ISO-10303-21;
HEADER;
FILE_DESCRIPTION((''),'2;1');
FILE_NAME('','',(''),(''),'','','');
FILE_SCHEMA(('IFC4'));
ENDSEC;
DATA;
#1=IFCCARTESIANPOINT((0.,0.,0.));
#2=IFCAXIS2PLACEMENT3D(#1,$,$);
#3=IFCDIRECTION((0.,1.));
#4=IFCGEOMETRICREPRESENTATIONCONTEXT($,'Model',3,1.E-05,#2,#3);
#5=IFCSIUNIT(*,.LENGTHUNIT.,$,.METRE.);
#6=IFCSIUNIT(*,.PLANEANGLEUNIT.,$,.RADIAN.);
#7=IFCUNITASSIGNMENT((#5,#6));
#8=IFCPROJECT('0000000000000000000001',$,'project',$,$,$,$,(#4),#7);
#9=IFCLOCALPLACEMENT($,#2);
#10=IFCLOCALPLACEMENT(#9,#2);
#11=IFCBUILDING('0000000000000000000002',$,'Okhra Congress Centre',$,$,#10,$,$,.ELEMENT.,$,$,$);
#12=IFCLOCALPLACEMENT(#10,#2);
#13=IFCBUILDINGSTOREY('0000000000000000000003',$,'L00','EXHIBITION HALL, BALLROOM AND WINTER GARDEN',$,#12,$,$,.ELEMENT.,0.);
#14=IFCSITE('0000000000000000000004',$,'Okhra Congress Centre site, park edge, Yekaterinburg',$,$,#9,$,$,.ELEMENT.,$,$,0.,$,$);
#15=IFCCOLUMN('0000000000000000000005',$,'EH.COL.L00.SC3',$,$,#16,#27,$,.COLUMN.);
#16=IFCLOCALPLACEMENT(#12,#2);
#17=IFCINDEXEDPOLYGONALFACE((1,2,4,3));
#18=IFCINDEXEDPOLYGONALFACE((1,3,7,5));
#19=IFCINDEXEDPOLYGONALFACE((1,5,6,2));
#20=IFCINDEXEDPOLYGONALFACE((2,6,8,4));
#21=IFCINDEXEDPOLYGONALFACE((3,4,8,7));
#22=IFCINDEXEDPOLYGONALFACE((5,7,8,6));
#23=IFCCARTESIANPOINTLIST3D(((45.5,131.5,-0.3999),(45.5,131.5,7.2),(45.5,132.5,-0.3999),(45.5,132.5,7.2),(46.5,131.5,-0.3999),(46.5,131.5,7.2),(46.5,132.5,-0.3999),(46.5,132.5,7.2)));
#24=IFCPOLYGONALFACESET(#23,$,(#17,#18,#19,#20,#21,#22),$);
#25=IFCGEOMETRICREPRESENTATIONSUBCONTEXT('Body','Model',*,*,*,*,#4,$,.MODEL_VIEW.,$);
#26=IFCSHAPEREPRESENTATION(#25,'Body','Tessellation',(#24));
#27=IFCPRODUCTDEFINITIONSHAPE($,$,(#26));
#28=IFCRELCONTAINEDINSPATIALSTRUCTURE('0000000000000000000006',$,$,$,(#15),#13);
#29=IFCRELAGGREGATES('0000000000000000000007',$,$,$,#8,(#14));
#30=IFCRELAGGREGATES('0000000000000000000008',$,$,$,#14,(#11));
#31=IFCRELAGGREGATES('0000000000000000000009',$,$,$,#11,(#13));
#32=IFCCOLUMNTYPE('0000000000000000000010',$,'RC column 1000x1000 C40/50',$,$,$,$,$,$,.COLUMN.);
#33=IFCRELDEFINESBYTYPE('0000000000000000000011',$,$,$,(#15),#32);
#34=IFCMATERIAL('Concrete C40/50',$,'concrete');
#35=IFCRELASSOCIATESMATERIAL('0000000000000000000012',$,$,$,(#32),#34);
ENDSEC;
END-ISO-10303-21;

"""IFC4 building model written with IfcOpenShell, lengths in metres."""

from ifc_helpers import new_model, si_unit, direction, frame, origin, origin_2d, place, context, subcontext, project, spatial, rectangle, extrude, material, material_profile, profile_set, type_object, element, save


model = new_model("IFC4")

# Units and contexts
model_context = context("Model", 3, precision=1e-05, world=origin(), true_north=direction((0.0, 1.0)))
body_context = subcontext(model_context, "Body", "Model", "MODEL_VIEW")
ifc_project = project(units=[si_unit("LENGTHUNIT", "METRE"), si_unit("PLANEANGLEUNIT", "RADIAN")], contexts=[model_context])

# Site, building, storey
site_placement = place(None, origin())
site = spatial("IfcSite", under=ifc_project, at=site_placement, Name="Okhra Congress Centre site, park edge, Yekaterinburg", CompositionType="ELEMENT", RefElevation=0.0)
building_placement = place(site_placement, origin())
building = spatial("IfcBuilding", under=site, at=building_placement, Name="Okhra Congress Centre", CompositionType="ELEMENT")
storey_placement = place(building_placement, origin())
storey = spatial("IfcBuildingStorey", under=building, at=storey_placement, Name="L00", Description="EXHIBITION HALL, BALLROOM AND WINTER GARDEN", CompositionType="ELEMENT", Elevation=0.0)

# Column
ifc_material_1 = material(Name="Concrete C40/50", Category="concrete")
ifc_material_profile_1 = material_profile(ifc_material_1, rectangle(XDim=1.0, YDim=1.0, at=origin_2d()), Name="RC 1000x1000")
ifc_profile_set_1 = profile_set([ifc_material_profile_1], Name="Concrete C40/50")
column_type_1 = type_object("IfcColumnType", Name="RC column 1000x1000 C40/50", PredefinedType="COLUMN", material=ifc_profile_set_1)
column_placement = place(storey_placement, frame((46.0, 132.0, -0.3999), z_axis=(0.0, 0.0, 1.0), x_axis=(1.0, 0.0, 0.0)))
element("IfcColumn", 1, at=column_placement, inside=storey, type_object=column_type_1, Name="EH.COL.L00.SC3", PredefinedType="COLUMN", context=body_context, shape_type="SweptSolid", body=[
    extrude(rectangle(XDim=1.0, YDim=1.0, at=origin_2d()), origin(), (0.0, 0.0, 1.0), 7.5999),
])

save(model, "model.ifc")
